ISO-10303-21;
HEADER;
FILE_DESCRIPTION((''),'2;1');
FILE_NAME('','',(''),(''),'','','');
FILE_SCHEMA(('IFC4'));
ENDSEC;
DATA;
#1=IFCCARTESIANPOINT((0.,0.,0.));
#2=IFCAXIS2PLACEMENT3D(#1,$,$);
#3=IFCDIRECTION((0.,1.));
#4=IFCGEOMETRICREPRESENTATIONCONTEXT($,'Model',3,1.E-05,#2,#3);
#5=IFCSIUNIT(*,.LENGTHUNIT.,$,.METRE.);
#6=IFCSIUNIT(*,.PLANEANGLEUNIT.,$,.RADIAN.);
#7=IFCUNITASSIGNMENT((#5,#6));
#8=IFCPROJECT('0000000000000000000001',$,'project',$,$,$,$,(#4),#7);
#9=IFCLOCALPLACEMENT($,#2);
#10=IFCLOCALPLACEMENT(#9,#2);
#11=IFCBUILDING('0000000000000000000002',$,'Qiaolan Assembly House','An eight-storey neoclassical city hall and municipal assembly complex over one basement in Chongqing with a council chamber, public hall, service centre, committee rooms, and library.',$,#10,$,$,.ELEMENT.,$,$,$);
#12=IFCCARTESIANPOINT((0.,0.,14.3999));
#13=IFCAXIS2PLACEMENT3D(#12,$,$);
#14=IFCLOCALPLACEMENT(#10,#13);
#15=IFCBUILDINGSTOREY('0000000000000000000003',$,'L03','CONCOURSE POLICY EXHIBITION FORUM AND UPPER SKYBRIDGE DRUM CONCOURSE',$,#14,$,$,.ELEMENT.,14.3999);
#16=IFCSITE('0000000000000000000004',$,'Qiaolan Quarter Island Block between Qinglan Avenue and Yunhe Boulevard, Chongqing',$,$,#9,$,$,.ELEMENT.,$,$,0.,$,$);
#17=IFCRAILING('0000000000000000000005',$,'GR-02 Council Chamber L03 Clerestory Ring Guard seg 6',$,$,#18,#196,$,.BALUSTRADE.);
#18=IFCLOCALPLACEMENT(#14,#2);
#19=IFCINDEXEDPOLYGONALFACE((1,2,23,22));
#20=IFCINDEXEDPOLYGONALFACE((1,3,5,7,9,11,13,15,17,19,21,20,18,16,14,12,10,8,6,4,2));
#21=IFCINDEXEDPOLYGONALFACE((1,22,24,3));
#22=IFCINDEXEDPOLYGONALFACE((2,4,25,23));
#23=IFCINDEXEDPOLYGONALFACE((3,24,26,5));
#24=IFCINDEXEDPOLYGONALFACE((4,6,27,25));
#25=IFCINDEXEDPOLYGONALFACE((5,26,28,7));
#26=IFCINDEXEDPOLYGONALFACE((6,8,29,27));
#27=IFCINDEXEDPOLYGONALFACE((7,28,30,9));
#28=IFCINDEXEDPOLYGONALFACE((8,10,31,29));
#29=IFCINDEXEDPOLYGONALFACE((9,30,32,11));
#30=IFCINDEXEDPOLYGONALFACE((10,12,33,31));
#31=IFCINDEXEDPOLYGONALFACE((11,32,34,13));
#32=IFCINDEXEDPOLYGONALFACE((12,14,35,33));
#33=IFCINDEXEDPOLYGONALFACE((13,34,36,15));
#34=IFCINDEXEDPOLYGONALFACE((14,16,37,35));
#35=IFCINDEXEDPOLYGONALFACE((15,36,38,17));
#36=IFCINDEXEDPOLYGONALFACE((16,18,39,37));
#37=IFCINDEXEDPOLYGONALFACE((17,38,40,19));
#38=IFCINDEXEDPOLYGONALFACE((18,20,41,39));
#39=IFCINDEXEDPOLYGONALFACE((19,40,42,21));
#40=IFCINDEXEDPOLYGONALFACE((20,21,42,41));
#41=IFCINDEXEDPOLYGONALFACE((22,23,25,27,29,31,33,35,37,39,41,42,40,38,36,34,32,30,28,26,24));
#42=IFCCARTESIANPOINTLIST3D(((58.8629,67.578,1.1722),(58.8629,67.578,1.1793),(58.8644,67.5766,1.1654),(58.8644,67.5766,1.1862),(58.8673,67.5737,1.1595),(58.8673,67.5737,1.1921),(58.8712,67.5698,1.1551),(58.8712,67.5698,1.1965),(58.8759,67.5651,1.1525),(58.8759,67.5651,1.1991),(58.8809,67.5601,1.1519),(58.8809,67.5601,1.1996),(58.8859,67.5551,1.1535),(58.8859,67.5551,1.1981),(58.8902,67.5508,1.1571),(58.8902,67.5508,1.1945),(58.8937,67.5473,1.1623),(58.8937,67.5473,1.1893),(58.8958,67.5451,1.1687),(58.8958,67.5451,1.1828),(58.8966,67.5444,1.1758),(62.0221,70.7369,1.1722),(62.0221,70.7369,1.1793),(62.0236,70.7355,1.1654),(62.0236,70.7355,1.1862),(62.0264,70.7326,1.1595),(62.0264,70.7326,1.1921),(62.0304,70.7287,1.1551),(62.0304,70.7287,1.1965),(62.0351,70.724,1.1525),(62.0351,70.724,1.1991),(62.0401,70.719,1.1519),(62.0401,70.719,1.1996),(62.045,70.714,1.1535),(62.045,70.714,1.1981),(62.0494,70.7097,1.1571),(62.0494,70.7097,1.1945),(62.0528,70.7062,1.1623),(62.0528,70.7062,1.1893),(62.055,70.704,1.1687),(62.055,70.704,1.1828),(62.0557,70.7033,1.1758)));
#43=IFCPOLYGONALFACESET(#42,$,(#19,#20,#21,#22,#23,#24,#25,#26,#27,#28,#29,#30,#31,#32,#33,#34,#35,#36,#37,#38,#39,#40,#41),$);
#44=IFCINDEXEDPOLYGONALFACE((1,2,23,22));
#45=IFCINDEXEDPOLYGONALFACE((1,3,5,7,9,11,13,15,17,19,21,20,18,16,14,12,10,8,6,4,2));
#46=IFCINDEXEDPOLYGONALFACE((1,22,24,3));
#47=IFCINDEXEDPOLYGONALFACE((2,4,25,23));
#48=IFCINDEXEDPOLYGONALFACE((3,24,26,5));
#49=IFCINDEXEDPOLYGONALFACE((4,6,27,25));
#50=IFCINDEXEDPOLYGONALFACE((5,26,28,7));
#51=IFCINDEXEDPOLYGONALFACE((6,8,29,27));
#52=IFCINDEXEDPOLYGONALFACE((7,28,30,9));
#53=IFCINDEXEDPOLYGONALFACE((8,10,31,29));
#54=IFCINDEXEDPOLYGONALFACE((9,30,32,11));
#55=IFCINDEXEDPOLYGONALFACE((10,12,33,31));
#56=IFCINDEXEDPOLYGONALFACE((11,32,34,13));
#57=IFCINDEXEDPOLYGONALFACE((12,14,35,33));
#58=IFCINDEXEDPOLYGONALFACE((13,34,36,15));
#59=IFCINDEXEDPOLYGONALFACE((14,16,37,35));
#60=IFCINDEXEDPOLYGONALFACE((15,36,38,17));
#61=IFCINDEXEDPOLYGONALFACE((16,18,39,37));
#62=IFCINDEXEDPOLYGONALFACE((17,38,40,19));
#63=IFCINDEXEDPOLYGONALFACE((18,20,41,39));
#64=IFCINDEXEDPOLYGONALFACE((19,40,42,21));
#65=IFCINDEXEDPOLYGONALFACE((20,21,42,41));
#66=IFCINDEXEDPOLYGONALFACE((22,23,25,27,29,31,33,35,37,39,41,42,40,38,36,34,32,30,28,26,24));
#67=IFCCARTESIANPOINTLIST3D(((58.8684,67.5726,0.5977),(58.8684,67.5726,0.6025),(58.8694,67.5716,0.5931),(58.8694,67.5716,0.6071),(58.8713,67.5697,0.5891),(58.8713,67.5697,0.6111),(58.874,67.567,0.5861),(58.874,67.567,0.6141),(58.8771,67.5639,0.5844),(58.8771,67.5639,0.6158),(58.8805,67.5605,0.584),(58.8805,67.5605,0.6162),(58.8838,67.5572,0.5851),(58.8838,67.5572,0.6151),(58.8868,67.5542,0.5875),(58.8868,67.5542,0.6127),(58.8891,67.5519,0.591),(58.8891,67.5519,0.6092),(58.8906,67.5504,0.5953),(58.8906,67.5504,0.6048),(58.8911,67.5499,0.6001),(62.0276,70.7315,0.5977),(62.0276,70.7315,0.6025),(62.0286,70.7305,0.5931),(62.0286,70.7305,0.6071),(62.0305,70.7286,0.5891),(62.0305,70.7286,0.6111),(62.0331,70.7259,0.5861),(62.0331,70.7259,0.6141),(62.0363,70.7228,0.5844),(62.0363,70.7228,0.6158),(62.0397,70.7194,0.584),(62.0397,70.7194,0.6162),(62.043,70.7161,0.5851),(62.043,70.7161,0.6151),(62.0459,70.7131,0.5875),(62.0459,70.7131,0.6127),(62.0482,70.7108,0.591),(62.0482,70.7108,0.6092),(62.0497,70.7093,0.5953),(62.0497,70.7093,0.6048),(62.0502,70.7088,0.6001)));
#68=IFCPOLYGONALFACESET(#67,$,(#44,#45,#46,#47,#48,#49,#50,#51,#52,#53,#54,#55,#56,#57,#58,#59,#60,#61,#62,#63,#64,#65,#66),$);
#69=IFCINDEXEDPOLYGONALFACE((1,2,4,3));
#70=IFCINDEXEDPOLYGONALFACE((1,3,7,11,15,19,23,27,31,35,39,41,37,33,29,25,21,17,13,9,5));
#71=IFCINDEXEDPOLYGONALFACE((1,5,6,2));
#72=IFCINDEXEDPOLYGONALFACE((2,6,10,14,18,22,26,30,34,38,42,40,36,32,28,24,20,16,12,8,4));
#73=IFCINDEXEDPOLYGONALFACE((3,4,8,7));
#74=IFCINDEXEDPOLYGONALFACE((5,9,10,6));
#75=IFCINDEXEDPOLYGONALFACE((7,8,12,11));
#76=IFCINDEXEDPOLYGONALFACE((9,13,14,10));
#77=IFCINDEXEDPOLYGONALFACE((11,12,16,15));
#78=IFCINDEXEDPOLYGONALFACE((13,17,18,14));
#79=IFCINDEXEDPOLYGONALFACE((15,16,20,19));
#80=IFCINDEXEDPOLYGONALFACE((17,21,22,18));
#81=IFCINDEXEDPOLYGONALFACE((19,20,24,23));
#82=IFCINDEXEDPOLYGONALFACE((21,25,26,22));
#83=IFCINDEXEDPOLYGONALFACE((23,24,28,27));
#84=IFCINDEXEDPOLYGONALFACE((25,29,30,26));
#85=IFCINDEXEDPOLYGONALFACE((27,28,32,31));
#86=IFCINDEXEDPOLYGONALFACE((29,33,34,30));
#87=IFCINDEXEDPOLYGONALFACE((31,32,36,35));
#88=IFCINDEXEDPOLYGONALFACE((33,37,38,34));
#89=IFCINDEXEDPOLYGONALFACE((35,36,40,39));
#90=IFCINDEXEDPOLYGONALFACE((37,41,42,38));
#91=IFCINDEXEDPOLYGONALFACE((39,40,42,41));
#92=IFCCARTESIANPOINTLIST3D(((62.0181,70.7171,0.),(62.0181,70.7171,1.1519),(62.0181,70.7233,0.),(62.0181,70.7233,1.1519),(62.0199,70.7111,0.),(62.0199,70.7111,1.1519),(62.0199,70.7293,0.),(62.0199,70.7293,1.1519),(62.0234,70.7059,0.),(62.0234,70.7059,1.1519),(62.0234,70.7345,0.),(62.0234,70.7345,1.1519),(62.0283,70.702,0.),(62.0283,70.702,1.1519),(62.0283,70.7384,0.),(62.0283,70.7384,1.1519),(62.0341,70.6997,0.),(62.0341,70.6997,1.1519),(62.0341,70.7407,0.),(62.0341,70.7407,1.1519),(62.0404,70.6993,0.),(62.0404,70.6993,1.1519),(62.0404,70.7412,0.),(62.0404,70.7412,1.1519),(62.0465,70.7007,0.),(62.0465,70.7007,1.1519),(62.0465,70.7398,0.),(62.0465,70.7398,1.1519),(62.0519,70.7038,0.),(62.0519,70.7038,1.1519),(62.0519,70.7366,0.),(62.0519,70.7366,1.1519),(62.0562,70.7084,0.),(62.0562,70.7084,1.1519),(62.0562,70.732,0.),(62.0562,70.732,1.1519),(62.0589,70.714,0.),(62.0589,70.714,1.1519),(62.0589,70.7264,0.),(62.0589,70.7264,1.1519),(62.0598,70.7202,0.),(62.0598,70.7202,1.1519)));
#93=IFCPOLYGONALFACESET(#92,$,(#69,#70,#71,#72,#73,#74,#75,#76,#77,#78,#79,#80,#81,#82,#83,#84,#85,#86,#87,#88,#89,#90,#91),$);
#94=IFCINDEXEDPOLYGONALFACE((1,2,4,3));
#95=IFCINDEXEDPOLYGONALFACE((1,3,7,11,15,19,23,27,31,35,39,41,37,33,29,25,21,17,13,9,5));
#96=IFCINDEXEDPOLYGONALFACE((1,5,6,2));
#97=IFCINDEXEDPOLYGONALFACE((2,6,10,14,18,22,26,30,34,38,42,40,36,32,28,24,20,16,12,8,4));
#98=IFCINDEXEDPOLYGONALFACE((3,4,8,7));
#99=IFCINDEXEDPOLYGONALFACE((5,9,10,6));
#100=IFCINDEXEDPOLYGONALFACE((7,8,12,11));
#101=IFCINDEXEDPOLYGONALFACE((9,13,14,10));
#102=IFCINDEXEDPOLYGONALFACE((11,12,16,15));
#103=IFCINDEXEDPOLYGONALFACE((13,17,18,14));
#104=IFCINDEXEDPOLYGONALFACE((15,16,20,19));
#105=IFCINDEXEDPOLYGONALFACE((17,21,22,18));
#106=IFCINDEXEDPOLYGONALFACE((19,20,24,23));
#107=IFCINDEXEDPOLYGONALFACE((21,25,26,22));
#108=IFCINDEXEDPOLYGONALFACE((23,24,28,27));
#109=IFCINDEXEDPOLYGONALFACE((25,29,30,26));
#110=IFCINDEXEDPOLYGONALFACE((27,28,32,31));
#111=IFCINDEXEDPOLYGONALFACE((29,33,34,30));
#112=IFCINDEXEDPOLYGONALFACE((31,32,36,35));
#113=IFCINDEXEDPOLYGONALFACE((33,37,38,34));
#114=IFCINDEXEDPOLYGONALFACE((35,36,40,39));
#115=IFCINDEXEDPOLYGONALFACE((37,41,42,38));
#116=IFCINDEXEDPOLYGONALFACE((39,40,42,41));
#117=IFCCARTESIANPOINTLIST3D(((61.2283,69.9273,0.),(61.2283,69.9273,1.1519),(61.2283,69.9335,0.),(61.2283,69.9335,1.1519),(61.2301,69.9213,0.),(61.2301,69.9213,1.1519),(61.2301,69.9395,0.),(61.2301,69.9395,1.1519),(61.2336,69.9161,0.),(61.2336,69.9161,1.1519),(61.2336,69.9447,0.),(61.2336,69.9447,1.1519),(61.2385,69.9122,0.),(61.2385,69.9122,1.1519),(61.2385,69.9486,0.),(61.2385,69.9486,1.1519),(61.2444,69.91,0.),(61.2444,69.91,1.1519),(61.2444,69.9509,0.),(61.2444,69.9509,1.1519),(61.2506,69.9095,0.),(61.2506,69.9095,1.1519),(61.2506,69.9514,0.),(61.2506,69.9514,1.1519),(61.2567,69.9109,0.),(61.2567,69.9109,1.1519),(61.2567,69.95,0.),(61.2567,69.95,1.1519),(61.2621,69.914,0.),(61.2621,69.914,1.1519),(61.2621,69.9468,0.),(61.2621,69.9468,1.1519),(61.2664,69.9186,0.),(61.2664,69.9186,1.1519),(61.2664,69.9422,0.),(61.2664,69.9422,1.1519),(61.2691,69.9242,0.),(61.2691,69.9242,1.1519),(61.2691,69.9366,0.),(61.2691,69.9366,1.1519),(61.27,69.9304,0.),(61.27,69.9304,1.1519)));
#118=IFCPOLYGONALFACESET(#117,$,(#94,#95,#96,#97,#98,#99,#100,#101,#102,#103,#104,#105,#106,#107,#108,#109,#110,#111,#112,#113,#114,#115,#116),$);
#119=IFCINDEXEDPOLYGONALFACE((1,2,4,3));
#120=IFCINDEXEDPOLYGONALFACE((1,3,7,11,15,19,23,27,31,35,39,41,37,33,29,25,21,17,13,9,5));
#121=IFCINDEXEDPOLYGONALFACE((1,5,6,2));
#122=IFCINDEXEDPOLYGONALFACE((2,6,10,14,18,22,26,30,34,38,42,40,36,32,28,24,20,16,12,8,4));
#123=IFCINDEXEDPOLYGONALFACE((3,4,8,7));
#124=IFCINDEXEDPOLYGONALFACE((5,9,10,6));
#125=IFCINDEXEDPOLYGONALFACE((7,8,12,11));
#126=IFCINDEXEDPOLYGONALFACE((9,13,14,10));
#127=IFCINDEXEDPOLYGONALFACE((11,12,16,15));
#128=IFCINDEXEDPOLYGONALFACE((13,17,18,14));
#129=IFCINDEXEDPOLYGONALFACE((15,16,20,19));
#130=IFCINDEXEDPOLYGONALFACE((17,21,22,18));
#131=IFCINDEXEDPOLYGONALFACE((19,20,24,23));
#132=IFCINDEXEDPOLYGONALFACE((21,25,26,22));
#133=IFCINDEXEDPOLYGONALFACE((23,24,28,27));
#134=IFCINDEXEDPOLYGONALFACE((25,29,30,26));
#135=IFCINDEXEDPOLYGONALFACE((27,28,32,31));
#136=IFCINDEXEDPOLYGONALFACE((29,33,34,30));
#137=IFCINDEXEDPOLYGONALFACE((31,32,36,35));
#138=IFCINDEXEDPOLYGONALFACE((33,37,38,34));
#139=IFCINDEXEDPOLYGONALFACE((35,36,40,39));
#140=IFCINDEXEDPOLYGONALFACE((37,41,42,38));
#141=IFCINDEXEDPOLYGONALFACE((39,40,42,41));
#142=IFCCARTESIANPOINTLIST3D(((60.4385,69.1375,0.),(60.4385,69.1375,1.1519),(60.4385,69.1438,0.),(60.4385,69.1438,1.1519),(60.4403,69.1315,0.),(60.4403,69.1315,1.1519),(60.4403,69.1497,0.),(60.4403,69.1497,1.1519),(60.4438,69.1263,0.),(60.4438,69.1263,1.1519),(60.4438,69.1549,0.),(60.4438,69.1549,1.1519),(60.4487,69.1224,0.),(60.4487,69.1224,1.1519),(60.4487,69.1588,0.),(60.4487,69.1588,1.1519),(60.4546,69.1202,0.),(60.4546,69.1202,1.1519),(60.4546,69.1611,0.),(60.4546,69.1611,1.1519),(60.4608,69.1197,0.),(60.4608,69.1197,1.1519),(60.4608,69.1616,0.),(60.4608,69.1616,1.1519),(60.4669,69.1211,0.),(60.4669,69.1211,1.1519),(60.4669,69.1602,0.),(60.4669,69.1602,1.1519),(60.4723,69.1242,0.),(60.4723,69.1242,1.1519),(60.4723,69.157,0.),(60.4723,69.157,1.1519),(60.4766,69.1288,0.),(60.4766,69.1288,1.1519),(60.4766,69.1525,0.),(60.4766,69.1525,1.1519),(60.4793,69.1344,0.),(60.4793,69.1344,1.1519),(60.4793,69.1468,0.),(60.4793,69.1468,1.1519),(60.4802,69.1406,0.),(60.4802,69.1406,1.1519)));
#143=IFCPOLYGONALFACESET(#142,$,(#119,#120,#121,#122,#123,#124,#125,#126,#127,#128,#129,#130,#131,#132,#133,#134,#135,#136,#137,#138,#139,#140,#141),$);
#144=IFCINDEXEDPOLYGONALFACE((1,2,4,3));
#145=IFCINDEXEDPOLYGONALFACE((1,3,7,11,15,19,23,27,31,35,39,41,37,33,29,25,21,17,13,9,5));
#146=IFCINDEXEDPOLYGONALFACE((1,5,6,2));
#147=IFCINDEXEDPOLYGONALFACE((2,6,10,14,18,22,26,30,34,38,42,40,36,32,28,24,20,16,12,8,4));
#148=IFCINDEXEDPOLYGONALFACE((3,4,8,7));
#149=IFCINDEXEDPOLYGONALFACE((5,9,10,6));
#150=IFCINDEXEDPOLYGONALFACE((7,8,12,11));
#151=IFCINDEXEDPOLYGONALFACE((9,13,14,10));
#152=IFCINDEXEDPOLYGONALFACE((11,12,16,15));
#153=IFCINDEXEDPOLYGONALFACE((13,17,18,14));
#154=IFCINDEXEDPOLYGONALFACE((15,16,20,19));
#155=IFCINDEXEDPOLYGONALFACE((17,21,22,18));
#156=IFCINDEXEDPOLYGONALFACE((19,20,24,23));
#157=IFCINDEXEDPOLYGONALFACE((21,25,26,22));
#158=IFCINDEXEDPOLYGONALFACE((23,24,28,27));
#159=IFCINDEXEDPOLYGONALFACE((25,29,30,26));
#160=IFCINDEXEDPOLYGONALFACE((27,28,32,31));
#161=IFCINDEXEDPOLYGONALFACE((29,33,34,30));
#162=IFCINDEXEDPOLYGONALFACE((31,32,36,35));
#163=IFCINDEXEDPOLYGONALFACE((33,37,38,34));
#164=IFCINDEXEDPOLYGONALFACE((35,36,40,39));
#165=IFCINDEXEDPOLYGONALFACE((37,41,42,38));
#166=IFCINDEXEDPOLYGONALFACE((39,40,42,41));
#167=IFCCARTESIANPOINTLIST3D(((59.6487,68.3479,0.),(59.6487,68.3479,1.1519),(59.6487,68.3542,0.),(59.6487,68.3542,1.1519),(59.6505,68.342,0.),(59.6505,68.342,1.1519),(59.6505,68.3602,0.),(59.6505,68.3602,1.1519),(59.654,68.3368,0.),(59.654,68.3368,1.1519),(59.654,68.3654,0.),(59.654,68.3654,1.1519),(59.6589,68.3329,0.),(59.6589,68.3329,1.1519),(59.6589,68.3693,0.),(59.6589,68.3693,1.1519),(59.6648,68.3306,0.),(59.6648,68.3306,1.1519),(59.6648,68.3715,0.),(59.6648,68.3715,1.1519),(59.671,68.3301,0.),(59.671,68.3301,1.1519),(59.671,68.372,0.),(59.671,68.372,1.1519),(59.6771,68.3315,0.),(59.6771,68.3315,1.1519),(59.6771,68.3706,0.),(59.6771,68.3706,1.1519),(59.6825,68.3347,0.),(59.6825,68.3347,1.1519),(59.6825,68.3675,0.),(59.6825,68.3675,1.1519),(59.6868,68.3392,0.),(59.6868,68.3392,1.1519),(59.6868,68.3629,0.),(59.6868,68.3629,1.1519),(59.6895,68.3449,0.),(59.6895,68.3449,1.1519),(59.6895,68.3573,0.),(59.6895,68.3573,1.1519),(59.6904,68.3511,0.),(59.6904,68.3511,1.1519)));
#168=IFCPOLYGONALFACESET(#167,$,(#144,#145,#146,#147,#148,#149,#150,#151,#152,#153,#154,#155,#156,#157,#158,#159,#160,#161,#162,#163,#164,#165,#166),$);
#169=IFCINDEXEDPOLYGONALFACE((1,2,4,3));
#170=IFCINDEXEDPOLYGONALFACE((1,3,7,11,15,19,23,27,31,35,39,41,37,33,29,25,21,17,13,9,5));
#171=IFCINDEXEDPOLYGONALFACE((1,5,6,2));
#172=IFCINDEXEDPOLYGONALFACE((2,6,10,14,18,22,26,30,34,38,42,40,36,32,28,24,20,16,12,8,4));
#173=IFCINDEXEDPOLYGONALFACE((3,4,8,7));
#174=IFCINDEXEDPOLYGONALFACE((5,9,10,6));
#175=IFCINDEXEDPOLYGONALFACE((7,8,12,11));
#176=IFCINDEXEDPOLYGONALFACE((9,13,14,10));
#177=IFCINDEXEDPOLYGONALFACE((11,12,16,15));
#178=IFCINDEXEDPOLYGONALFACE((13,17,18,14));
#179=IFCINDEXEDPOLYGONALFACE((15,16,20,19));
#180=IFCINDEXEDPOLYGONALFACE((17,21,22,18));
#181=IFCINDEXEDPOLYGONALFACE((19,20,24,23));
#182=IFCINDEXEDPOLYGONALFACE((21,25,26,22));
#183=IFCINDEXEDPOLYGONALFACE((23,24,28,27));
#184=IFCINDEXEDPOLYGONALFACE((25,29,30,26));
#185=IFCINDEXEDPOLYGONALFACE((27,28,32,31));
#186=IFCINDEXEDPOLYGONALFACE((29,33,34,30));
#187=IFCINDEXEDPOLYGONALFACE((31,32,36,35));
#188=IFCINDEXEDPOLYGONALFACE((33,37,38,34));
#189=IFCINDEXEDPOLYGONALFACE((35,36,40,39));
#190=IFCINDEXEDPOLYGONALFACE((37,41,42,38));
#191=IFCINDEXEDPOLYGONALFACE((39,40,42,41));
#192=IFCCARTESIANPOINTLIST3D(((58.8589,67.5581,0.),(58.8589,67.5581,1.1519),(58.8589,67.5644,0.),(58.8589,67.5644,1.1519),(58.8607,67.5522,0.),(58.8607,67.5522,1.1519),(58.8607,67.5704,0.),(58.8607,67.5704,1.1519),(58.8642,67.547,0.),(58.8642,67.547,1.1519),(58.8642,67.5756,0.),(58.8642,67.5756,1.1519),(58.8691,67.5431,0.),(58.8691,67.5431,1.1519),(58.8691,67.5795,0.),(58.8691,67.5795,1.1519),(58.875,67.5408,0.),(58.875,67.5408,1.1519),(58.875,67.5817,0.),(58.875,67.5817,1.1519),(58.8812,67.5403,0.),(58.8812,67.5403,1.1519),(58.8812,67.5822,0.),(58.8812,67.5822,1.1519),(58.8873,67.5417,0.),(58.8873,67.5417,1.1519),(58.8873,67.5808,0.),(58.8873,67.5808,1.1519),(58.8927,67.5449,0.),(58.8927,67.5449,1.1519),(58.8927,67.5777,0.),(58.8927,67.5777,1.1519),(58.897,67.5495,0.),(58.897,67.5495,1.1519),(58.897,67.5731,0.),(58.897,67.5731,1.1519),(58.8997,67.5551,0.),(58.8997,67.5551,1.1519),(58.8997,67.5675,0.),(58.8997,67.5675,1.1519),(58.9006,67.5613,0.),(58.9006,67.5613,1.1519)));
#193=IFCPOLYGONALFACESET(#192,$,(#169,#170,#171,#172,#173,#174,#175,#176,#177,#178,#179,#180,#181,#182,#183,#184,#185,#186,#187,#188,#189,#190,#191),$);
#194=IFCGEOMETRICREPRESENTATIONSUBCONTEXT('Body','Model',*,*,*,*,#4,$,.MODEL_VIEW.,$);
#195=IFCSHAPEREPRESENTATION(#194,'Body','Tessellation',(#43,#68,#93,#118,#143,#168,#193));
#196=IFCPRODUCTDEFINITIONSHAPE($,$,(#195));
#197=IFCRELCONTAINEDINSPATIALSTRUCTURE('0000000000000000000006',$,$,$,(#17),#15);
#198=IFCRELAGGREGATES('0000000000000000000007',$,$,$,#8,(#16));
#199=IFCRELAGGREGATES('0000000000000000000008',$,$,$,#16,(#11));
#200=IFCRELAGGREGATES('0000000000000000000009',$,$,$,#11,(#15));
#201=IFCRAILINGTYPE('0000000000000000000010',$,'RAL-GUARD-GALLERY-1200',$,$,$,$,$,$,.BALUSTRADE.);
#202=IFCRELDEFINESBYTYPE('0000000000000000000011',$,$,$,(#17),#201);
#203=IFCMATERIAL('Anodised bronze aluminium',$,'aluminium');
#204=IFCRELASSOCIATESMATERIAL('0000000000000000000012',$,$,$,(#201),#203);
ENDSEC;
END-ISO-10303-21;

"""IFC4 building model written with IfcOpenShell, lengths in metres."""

from ifc_helpers import new_model, si_unit, direction, frame, origin, origin_2d, place, context, subcontext, project, spatial, circle, extrude, material, type_object, element, save


model = new_model("IFC4")

# Units and contexts
model_context = context("Model", 3, precision=1e-05, world=origin(), true_north=direction((0.0, 1.0)))
body_context = subcontext(model_context, "Body", "Model", "MODEL_VIEW")
ifc_project = project(units=[si_unit("LENGTHUNIT", "METRE"), si_unit("PLANEANGLEUNIT", "RADIAN")], contexts=[model_context])

# Site, building, storey
site_placement = place(None, origin())
site = spatial("IfcSite", under=ifc_project, at=site_placement, Name="Qiaolan Quarter Island Block between Qinglan Avenue and Yunhe Boulevard, Chongqing", CompositionType="ELEMENT", RefElevation=0.0)
building_placement = place(site_placement, origin())
building = spatial("IfcBuilding", under=site, at=building_placement, Name="Qiaolan Assembly House", Description="An eight-storey neoclassical city hall and municipal assembly complex over one basement in Chongqing with a council chamber, public hall, service centre, committee rooms, and library.", CompositionType="ELEMENT")
storey_placement = place(building_placement, frame((0.0, 0.0, 14.3999)))
storey = spatial("IfcBuildingStorey", under=building, at=storey_placement, Name="L03", Description="CONCOURSE POLICY EXHIBITION FORUM AND UPPER SKYBRIDGE DRUM CONCOURSE", CompositionType="ELEMENT", Elevation=14.3999)

# Shared definitions
ifc_material_1 = material(Name="Anodised bronze aluminium", Category="aluminium")

# Railing
railing_type = type_object("IfcRailingType", Name="RAL-GUARD-GALLERY-1200", PredefinedType="BALUSTRADE", material=ifc_material_1)
railing_1_placement = place(storey_placement, frame((62.0388, 70.7202, 0.0)))
element("IfcRailing", 1, at=railing_1_placement, inside=storey, type_object=railing_type, Name="GR-02 Council Chamber L03 Clerestory Ring Guard seg 6", PredefinedType="BALUSTRADE", context=body_context, shape_type="SweptSolid", body=[
    extrude(circle(Radius=0.0239, at=origin_2d()), frame((0.0, 0.0, 1.1758), z_axis=(-0.707134, -0.707079, 0.0), x_axis=(0.707079, -0.707134, 0.0)), (0.0, 0.0, 1.0), 4.4675),
    extrude(circle(Radius=0.0161, at=origin_2d()), frame((0.0, 0.0, 0.6001), z_axis=(-0.707134, -0.707079, 0.0), x_axis=(0.707079, -0.707134, 0.0)), (0.0, 0.0, 1.0), 4.4675),
    extrude(circle(Radius=0.021, at=origin_2d()), origin(), (0.0, 0.0, 1.0), 1.1519),
    extrude(circle(Radius=0.021, at=origin_2d()), frame((-0.7898, -0.7898, 0.0)), (0.0, 0.0, 1.0), 1.1519),
    extrude(circle(Radius=0.021, at=origin_2d()), frame((-1.5796, -1.5796, 0.0)), (0.0, 0.0, 1.0), 1.1519),
    extrude(circle(Radius=0.021, at=origin_2d()), frame((-2.3694, -2.3691, 0.0)), (0.0, 0.0, 1.0), 1.1519),
    extrude(circle(Radius=0.021, at=origin_2d()), frame((-3.1592, -3.1589, 0.0)), (0.0, 0.0, 1.0), 1.1519),
])

save(model, "model.ifc")
